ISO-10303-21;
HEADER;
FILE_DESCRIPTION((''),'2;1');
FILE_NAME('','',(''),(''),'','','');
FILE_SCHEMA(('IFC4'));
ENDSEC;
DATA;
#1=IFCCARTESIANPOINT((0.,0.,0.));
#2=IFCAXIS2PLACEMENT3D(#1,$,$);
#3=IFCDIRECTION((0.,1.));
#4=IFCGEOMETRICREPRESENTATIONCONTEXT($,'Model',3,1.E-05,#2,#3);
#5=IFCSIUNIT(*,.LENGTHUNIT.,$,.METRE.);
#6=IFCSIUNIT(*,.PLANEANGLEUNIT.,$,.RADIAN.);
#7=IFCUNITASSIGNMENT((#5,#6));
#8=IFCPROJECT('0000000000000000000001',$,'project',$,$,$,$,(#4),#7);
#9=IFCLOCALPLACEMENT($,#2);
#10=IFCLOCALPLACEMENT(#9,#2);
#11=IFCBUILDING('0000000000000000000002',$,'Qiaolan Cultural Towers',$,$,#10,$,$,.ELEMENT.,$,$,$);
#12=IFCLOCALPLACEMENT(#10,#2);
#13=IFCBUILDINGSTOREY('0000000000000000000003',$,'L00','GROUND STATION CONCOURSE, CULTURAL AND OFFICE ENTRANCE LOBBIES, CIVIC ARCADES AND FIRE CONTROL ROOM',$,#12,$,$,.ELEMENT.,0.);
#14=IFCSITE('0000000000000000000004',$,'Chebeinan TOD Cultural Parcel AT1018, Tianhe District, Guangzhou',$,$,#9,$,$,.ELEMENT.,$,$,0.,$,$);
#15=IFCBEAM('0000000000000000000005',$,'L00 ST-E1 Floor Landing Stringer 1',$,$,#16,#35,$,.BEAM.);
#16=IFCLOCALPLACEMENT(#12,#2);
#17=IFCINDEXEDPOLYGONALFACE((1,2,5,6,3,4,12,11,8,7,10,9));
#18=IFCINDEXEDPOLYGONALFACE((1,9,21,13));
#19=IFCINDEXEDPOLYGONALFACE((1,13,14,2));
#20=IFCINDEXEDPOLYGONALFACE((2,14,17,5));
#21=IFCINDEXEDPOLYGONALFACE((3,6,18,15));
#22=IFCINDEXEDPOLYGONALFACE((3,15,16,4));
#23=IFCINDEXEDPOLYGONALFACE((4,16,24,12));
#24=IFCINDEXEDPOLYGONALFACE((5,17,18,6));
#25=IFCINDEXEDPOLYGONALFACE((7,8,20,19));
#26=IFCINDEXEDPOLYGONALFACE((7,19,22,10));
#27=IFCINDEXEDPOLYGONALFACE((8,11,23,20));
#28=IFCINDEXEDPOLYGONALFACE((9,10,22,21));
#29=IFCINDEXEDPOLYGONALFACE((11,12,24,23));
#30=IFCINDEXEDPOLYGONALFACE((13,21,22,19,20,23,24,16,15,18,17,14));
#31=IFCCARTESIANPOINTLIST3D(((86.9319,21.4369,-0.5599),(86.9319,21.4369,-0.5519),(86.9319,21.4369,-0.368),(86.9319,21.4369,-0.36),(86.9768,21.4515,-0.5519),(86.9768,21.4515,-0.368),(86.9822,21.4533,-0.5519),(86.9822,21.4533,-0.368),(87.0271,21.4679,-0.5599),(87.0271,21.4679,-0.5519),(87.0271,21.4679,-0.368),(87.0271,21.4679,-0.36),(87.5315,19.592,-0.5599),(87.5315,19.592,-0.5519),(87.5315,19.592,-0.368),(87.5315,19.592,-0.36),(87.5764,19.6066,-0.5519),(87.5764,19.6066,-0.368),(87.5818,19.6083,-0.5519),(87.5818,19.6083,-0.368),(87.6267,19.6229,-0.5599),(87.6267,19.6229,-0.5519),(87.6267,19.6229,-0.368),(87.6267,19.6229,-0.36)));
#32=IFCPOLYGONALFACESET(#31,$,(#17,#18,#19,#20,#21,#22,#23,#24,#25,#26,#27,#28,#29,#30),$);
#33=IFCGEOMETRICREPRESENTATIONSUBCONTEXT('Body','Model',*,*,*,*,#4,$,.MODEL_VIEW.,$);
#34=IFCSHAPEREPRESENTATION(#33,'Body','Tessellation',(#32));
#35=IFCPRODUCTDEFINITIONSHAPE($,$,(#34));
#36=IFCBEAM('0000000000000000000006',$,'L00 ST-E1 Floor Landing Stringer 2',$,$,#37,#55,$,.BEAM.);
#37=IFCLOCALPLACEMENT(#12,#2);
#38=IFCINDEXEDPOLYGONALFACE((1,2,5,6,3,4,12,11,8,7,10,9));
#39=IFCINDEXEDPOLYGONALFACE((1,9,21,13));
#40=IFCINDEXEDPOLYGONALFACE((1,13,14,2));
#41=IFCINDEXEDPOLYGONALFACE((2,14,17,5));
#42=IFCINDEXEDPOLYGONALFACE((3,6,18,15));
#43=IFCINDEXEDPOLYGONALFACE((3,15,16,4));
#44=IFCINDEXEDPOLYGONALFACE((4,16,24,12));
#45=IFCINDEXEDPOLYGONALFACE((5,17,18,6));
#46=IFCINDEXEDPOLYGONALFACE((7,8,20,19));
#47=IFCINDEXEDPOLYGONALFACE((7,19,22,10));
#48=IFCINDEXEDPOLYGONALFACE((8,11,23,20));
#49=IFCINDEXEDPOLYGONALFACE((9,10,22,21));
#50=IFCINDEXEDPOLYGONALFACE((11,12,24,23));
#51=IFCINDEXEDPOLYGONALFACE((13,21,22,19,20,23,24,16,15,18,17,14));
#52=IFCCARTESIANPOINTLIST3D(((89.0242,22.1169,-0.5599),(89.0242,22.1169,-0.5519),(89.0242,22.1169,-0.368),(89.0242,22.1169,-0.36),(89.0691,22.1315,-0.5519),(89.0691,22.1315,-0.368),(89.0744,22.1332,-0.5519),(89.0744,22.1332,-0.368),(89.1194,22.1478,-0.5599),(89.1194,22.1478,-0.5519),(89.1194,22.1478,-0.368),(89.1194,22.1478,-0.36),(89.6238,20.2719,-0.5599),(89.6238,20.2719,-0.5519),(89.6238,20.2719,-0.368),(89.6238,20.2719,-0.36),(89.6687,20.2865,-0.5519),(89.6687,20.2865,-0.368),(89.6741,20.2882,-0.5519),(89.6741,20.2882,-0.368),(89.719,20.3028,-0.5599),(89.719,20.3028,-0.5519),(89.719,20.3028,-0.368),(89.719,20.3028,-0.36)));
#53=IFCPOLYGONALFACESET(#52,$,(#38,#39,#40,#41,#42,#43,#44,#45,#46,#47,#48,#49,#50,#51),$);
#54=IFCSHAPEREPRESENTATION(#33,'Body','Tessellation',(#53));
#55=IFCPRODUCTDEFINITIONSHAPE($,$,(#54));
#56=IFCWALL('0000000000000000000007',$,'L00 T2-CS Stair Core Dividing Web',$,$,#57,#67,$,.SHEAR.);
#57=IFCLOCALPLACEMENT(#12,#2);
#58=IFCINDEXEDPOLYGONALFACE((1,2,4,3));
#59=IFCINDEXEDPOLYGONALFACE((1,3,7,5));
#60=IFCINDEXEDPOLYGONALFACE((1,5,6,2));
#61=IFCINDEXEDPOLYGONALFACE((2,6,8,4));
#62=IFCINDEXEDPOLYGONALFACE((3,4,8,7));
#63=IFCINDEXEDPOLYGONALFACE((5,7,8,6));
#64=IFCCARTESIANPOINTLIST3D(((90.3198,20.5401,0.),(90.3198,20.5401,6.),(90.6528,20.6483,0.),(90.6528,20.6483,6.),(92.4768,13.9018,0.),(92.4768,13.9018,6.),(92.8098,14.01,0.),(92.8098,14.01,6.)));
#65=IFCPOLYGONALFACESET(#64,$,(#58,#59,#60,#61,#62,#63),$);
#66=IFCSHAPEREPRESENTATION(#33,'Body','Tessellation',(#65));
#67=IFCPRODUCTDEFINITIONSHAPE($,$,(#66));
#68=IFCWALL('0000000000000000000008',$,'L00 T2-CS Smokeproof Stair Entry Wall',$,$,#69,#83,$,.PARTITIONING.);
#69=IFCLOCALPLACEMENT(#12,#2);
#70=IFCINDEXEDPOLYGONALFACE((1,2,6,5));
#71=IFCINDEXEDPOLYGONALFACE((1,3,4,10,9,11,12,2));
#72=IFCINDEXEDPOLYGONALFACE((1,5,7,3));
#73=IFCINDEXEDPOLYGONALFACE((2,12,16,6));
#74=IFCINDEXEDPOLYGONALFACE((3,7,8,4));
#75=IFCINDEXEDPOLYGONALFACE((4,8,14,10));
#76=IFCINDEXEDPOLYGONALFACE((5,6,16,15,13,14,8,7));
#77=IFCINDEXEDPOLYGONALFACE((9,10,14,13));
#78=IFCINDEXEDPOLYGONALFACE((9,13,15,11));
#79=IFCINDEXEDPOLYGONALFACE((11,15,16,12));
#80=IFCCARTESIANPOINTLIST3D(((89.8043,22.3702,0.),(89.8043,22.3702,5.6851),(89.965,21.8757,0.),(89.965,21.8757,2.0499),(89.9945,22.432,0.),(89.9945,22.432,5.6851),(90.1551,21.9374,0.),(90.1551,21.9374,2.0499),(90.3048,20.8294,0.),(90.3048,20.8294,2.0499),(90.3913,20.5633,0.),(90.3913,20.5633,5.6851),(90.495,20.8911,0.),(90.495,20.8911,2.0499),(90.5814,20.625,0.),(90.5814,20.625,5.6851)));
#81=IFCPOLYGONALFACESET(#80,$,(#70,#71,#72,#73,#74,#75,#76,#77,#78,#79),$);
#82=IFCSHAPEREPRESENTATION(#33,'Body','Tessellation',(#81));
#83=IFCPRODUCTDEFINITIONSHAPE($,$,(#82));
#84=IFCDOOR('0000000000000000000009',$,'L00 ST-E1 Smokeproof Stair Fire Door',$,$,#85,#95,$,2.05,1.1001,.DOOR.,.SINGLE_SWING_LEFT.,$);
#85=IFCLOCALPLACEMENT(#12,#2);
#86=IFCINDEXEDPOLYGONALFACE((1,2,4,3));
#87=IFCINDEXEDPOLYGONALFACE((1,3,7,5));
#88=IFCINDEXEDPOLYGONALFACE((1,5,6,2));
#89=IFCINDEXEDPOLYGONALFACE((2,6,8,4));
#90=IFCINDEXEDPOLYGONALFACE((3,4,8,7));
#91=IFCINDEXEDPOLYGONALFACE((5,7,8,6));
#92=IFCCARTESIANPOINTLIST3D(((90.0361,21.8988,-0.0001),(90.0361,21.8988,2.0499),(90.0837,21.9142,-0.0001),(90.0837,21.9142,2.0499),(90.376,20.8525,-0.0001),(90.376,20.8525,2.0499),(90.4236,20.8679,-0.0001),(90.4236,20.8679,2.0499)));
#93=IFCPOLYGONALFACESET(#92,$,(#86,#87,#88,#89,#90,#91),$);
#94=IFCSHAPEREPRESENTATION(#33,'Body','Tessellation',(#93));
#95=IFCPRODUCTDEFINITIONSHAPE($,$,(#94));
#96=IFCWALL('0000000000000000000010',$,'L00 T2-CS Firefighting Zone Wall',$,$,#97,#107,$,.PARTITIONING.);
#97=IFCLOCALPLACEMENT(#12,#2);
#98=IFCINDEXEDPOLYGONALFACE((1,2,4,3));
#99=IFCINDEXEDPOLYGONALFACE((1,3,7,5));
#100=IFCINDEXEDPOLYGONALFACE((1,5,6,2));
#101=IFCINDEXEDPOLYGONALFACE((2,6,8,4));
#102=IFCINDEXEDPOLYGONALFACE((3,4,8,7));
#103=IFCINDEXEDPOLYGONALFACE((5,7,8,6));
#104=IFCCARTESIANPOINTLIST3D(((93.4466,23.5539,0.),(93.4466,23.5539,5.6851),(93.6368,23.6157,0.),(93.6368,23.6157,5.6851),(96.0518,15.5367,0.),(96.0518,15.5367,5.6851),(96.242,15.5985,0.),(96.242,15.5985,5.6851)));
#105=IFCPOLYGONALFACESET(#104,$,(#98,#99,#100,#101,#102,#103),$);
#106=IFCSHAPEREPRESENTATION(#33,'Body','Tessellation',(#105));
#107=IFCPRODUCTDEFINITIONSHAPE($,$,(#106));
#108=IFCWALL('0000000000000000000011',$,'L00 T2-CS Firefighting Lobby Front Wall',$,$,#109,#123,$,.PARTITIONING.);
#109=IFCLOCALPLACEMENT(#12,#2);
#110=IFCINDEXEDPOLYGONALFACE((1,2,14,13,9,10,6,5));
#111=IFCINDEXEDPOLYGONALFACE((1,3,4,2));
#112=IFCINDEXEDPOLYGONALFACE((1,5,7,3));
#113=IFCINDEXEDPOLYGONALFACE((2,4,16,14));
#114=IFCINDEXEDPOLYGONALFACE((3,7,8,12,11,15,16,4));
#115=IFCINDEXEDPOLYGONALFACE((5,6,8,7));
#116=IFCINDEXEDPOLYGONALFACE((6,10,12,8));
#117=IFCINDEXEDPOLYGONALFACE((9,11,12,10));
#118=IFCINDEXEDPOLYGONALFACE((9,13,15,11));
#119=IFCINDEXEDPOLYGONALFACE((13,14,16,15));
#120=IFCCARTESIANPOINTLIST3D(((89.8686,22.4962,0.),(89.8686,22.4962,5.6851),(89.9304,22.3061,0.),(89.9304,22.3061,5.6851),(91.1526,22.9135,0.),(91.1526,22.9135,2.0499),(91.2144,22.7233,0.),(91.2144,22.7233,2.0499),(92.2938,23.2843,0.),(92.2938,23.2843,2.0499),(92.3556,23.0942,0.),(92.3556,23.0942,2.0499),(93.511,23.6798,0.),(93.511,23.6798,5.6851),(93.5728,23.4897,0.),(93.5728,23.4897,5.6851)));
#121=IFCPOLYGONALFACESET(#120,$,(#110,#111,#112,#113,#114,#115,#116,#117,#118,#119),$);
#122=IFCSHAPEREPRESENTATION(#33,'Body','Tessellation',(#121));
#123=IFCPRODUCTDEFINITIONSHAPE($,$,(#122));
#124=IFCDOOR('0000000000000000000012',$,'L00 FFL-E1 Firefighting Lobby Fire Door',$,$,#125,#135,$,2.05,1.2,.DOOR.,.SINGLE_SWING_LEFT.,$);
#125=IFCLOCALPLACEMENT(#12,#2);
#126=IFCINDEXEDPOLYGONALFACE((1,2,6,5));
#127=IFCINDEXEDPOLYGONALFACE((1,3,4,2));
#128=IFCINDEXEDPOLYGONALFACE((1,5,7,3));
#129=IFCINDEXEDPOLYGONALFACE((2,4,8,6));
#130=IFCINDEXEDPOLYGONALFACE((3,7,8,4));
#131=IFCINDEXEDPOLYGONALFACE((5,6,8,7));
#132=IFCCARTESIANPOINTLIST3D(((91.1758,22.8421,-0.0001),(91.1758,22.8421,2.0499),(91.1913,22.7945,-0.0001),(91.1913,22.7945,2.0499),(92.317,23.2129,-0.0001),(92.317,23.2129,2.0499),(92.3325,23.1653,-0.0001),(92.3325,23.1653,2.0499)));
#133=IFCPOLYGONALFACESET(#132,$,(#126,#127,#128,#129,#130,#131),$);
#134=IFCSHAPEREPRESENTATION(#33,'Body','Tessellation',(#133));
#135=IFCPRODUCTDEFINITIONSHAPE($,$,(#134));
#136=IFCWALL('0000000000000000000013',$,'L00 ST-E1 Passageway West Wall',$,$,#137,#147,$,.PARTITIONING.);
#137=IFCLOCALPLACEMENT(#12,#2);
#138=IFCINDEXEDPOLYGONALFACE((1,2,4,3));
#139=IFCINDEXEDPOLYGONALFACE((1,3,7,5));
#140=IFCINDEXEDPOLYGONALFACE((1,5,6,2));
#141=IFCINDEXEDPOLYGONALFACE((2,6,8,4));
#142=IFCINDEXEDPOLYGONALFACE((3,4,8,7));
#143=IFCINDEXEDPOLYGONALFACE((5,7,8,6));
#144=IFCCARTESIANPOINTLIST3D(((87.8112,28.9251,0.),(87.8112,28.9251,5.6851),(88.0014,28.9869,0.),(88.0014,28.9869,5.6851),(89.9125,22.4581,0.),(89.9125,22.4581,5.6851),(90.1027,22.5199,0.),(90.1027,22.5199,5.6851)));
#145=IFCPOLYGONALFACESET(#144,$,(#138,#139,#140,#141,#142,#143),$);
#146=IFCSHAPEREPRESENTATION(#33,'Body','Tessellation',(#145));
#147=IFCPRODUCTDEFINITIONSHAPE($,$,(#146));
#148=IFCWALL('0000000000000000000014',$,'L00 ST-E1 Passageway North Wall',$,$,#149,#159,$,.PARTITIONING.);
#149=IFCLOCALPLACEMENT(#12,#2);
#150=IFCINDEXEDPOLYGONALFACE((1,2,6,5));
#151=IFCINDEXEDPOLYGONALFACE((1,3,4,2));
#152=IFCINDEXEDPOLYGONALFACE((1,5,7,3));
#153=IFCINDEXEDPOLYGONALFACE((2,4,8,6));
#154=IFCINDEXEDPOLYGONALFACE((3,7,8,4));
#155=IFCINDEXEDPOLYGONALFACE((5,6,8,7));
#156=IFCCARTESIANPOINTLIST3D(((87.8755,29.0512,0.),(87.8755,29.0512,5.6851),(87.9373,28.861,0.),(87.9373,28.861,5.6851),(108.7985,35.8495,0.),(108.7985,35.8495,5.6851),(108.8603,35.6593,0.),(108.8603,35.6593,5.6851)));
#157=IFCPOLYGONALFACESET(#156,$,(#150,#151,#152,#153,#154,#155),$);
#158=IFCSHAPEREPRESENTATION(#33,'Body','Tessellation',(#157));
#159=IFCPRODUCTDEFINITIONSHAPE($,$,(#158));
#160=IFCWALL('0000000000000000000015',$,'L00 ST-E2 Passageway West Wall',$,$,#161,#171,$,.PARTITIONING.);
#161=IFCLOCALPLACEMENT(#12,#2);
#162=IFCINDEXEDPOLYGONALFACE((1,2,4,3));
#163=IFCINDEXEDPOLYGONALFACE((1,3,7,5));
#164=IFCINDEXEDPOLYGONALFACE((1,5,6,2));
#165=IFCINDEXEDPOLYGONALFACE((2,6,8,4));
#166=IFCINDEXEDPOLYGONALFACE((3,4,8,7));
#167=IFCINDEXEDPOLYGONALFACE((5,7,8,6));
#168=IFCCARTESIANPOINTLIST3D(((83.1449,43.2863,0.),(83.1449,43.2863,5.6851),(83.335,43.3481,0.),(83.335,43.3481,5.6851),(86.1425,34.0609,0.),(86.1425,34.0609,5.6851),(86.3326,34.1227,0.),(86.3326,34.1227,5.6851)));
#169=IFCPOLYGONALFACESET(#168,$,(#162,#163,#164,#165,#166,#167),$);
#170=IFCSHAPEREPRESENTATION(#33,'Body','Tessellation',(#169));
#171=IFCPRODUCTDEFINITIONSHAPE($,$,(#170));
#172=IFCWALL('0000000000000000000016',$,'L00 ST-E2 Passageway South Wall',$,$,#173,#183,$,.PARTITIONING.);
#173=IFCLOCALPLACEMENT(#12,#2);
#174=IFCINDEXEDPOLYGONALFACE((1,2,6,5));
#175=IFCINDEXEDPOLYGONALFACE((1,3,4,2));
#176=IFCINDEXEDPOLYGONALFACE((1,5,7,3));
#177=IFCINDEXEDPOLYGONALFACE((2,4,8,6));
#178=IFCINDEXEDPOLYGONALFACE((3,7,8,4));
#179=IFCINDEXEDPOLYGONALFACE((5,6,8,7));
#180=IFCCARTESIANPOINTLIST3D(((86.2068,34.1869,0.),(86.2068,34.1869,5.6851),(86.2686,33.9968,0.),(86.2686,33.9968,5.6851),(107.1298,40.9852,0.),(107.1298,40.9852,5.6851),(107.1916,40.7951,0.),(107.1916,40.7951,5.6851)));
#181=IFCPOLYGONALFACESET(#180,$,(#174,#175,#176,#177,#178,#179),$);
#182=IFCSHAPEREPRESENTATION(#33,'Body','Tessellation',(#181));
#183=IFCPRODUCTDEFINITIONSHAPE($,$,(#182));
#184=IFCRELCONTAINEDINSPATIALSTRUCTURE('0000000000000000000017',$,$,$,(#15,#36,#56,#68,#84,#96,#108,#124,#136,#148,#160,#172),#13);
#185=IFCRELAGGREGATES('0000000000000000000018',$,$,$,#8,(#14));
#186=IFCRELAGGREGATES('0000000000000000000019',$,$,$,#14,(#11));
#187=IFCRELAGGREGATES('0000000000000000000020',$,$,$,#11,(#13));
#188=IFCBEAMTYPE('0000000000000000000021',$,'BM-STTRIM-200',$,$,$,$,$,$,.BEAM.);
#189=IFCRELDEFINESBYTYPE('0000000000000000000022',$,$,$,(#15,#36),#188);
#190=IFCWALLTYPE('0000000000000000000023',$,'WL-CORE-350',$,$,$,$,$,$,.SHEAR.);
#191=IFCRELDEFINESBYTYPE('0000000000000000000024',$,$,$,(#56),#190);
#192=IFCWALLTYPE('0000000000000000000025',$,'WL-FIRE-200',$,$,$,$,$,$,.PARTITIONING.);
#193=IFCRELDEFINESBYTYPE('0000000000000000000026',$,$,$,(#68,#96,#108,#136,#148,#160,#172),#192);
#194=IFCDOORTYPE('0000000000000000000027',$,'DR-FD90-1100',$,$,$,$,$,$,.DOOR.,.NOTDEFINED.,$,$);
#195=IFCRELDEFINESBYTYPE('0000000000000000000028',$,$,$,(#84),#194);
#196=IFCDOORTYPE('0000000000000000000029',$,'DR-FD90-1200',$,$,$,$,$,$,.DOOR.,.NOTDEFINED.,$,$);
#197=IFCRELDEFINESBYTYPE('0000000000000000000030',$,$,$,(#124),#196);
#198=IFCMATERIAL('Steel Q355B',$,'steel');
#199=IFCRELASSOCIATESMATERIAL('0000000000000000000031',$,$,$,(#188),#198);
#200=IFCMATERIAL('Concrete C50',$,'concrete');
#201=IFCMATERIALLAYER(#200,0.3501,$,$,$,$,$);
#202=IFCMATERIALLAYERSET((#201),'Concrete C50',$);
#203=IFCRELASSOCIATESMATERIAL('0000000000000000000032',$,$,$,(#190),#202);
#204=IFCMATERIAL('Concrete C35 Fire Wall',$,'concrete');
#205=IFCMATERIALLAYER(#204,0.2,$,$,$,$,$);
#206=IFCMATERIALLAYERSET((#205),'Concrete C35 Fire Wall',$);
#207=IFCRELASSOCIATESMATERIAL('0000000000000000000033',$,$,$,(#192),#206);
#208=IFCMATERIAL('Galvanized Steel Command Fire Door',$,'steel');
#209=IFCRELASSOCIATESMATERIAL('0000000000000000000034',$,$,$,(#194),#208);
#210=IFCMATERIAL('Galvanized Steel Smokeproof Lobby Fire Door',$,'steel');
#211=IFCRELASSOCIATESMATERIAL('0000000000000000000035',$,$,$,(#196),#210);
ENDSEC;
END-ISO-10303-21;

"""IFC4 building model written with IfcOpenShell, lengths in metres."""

from ifc_helpers import new_model, si_unit, direction, frame, frame_2d, origin, origin_2d, place, context, subcontext, project, spatial, rectangle, i_section, extrude, material, layer, layer_set, material_profile, profile_set, type_object, element, fill, save


model = new_model("IFC4")

# Units and contexts
model_context = context("Model", 3, precision=1e-05, world=origin(), true_north=direction((0.0, 1.0)))
body_context = subcontext(model_context, "Body", "Model", "MODEL_VIEW")
ifc_project = project(units=[si_unit("LENGTHUNIT", "METRE"), si_unit("PLANEANGLEUNIT", "RADIAN")], contexts=[model_context])

# Site, building, storey
site_placement = place(None, origin())
site = spatial("IfcSite", under=ifc_project, at=site_placement, Name="Chebeinan TOD Cultural Parcel AT1018, Tianhe District, Guangzhou", CompositionType="ELEMENT", RefElevation=0.0)
building_placement = place(site_placement, origin())
building = spatial("IfcBuilding", under=site, at=building_placement, Name="Qiaolan Cultural Towers", CompositionType="ELEMENT")
storey_placement = place(building_placement, origin())
storey = spatial("IfcBuildingStorey", under=building, at=storey_placement, Name="L00", Description="GROUND STATION CONCOURSE, CULTURAL AND OFFICE ENTRANCE LOBBIES, CIVIC ARCADES AND FIRE CONTROL ROOM", CompositionType="ELEMENT", Elevation=0.0)

# Beams
ifc_material_1 = material(Name="Steel Q355B", Category="steel")
ifc_material_profile = material_profile(ifc_material_1, i_section(OverallWidth=0.1001, OverallDepth=0.2, WebThickness=0.0056, FlangeThickness=0.0081, at=origin_2d()), Name="HN200x100x5.5x8")
ifc_profile_set = profile_set([ifc_material_profile], Name="Steel Q355B")
beam_type = type_object("IfcBeamType", Name="BM-STTRIM-200", PredefinedType="BEAM", material=ifc_profile_set)
for number, where, z_axis, x_axis, name in (
    (1, (86.9795, 21.4524, -0.46), (0.309083, -0.951035, 0.0), (0.951035, 0.309083, 0.0), "L00 ST-E1 Floor Landing Stringer 1"),
    (2, (89.0718, 22.1323, -0.46), (0.309083, -0.951035, 0.0), (0.951035, 0.309083, 0.0), "L00 ST-E1 Floor Landing Stringer 2"),
):
    element("IfcBeam", number, at=place(storey_placement, frame(where, z_axis=z_axis, x_axis=x_axis)), inside=storey, type_object=beam_type, Name=name, PredefinedType="BEAM", context=body_context, shape_type="SweptSolid", body=[
        extrude(i_section(OverallWidth=0.1001, OverallDepth=0.2, WebThickness=0.0056, FlangeThickness=0.0081, at=origin_2d()), origin(), (0.0, 0.0, 1.0), 1.9399),
    ])

# Wall
ifc_material_2 = material(Name="Concrete C50", Category="concrete")
ifc_layer_1 = layer(ifc_material_2, 0.3501)
ifc_layer_set_1 = layer_set([ifc_layer_1], Name="Concrete C50")
wall_type_1 = type_object("IfcWallType", Name="WL-CORE-350", PredefinedType="SHEAR", material=ifc_layer_set_1)
wall_1_placement = place(storey_placement, frame((90.4863, 20.5942, 0.0), z_axis=(0.0, 0.0, 1.0), x_axis=(0.30902, -0.951055, 0.0)))
element("IfcWall", 3, at=wall_1_placement, inside=storey, type_object=wall_type_1, Name="L00 T2-CS Stair Core Dividing Web", PredefinedType="SHEAR", context=body_context, shape_type="SweptSolid", body=[
    extrude(rectangle(XDim=6.98, YDim=0.3501, at=frame_2d((3.49, 0.0))), origin(), (0.0, 0.0, 1.0), 6.0),
])

# Wall, opening, door
ifc_material_3 = material(Name="Concrete C35 Fire Wall", Category="concrete")
ifc_layer_2 = layer(ifc_material_3, 0.2)
ifc_layer_set_2 = layer_set([ifc_layer_2], Name="Concrete C35 Fire Wall")
wall_type_2 = type_object("IfcWallType", Name="WL-FIRE-200", PredefinedType="PARTITIONING", material=ifc_layer_set_2)
wall_2_placement = place(storey_placement, frame((89.8994, 22.4011, 0.0), z_axis=(0.0, 0.0, 1.0), x_axis=(0.308932, -0.951084, 0.0)))
wall_2 = element("IfcWall", 4, at=wall_2_placement, inside=storey, type_object=wall_type_2, Name="L00 T2-CS Smokeproof Stair Entry Wall", PredefinedType="PARTITIONING", context=body_context, shape_type="SweptSolid", body=[
    extrude(rectangle(XDim=1.8999, YDim=0.2, at=frame_2d((0.95, 0.0))), origin(), (0.0, 0.0, 1.0), 5.6851),
])
opening_1_placement = place(wall_2_placement, frame((0.52, 0.0, 0.0)))
opening_1 = element("IfcOpeningElement", 5, at=opening_1_placement, cuts=wall_2, PredefinedType="OPENING", context=body_context, shape_type="SweptSolid", body=[
    extrude(rectangle(XDim=1.1001, YDim=2.05, at=frame_2d((0.55, 1.0249))), frame((0.0, 0.1099, 0.0), z_axis=(0.0, -1.0, 0.0), x_axis=(1.0, 0.0, 0.0)), (0.0, 0.0, 1.0), 0.22),
])
ifc_material_4 = material(Name="Galvanized Steel Command Fire Door", Category="steel")
door_type_1 = type_object("IfcDoorType", Name="DR-FD90-1100", OperationType="NOTDEFINED", PredefinedType="DOOR", material=ifc_material_4)
door_1_placement = place(opening_1_placement, origin())
door_1 = element("IfcDoor", 6, at=door_1_placement, inside=storey, type_object=door_type_1, Name="L00 ST-E1 Smokeproof Stair Fire Door", OperationType="SINGLE_SWING_LEFT", OverallHeight=2.05, OverallWidth=1.1001, PredefinedType="DOOR", context=body_context, shape_type="SweptSolid", body=[
    extrude(rectangle(XDim=1.1001, YDim=2.05, at=frame_2d((0.55, 1.0249))), frame((0.0, 0.0249, 0.0), z_axis=(0.0, -1.0, 0.0), x_axis=(1.0, 0.0, 0.0)), (0.0, 0.0, 1.0), 0.05),
])
fill(opening_1, door_1)

# Wall
wall_3_placement = place(storey_placement, frame((93.5417, 23.5847, 0.0), z_axis=(0.0, 0.0, 1.0), x_axis=(0.309042, -0.951048, 0.0)))
element("IfcWall", 7, at=wall_3_placement, inside=storey, type_object=wall_type_2, Name="L00 T2-CS Firefighting Zone Wall", PredefinedType="PARTITIONING", context=body_context, shape_type="SweptSolid", body=[
    extrude(rectangle(XDim=8.4299, YDim=0.2, at=frame_2d((4.2148, 0.0))), origin(), (0.0, 0.0, 1.0), 5.6851),
])

# Wall, opening, door
wall_4_placement = place(storey_placement, frame((89.8994, 22.4011, 0.0), z_axis=(0.0, 0.0, 1.0), x_axis=(0.951047, 0.309047, 0.0)))
wall_4 = element("IfcWall", 8, at=wall_4_placement, inside=storey, type_object=wall_type_2, Name="L00 T2-CS Firefighting Lobby Front Wall", PredefinedType="PARTITIONING", context=body_context, shape_type="SweptSolid", body=[
    extrude(rectangle(XDim=3.8298, YDim=0.2, at=frame_2d((1.915, 0.0))), origin(), (0.0, 0.0, 1.0), 5.6851),
])
opening_2_placement = place(wall_4_placement, frame((1.3501, 0.0, 0.0)))
opening_2 = element("IfcOpeningElement", 9, at=opening_2_placement, cuts=wall_4, PredefinedType="OPENING", context=body_context, shape_type="SweptSolid", body=[
    extrude(rectangle(XDim=1.2, YDim=2.05, at=frame_2d((0.6001, 1.0249))), frame((0.0, 0.1099, 0.0), z_axis=(0.0, -1.0, 0.0), x_axis=(1.0, 0.0, 0.0)), (0.0, 0.0, 1.0), 0.22),
])
ifc_material_5 = material(Name="Galvanized Steel Smokeproof Lobby Fire Door", Category="steel")
door_type_2 = type_object("IfcDoorType", Name="DR-FD90-1200", OperationType="NOTDEFINED", PredefinedType="DOOR", material=ifc_material_5)
door_2_placement = place(opening_2_placement, origin())
door_2 = element("IfcDoor", 10, at=door_2_placement, inside=storey, type_object=door_type_2, Name="L00 FFL-E1 Firefighting Lobby Fire Door", OperationType="SINGLE_SWING_LEFT", OverallHeight=2.05, OverallWidth=1.2, PredefinedType="DOOR", context=body_context, shape_type="SweptSolid", body=[
    extrude(rectangle(XDim=1.2, YDim=2.05, at=frame_2d((0.6001, 1.0249))), frame((0.0, 0.0249, 0.0), z_axis=(0.0, -1.0, 0.0), x_axis=(1.0, 0.0, 0.0)), (0.0, 0.0, 1.0), 0.05),
])
fill(opening_2, door_2)

# Walls
wall_5_placement = place(storey_placement, frame((90.0076, 22.489, 0.0), z_axis=(0.0, 0.0, 1.0), x_axis=(-0.309024, 0.951054, 0.0)))
element("IfcWall", 11, at=wall_5_placement, inside=storey, type_object=wall_type_2, Name="L00 ST-E1 Passageway West Wall", PredefinedType="PARTITIONING", context=body_context, shape_type="SweptSolid", body=[
    extrude(rectangle(XDim=6.7998, YDim=0.2, at=frame_2d((3.3999, 0.0))), origin(), (0.0, 0.0, 1.0), 5.6851),
])
wall_6_placement = place(storey_placement, frame((87.9062, 28.9561, 0.0), z_axis=(0.0, 0.0, 1.0), x_axis=(0.951056, 0.309018, 0.0)))
element("IfcWall", 12, at=wall_6_placement, inside=storey, type_object=wall_type_2, Name="L00 ST-E1 Passageway North Wall", PredefinedType="PARTITIONING", context=body_context, shape_type="SweptSolid", body=[
    extrude(rectangle(XDim=21.9998, YDim=0.2, at=frame_2d((11.0, 0.0))), origin(), (0.0, 0.0, 1.0), 5.6851),
])
wall_7_placement = place(storey_placement, frame((86.2375, 34.0918, 0.0), z_axis=(0.0, 0.0, 1.0), x_axis=(-0.309023, 0.951055, 0.0)))
element("IfcWall", 13, at=wall_7_placement, inside=storey, type_object=wall_type_2, Name="L00 ST-E2 Passageway West Wall", PredefinedType="PARTITIONING", context=body_context, shape_type="SweptSolid", body=[
    extrude(rectangle(XDim=9.7002, YDim=0.2, at=frame_2d((4.8501, 0.0))), origin(), (0.0, 0.0, 1.0), 5.6851),
])
wall_8_placement = place(storey_placement, frame((86.2375, 34.0918, 0.0), z_axis=(0.0, 0.0, 1.0), x_axis=(0.951056, 0.309018, 0.0)))
element("IfcWall", 14, at=wall_8_placement, inside=storey, type_object=wall_type_2, Name="L00 ST-E2 Passageway South Wall", PredefinedType="PARTITIONING", context=body_context, shape_type="SweptSolid", body=[
    extrude(rectangle(XDim=21.9998, YDim=0.2, at=frame_2d((11.0, 0.0))), origin(), (0.0, 0.0, 1.0), 5.6851),
])

save(model, "model.ifc")
